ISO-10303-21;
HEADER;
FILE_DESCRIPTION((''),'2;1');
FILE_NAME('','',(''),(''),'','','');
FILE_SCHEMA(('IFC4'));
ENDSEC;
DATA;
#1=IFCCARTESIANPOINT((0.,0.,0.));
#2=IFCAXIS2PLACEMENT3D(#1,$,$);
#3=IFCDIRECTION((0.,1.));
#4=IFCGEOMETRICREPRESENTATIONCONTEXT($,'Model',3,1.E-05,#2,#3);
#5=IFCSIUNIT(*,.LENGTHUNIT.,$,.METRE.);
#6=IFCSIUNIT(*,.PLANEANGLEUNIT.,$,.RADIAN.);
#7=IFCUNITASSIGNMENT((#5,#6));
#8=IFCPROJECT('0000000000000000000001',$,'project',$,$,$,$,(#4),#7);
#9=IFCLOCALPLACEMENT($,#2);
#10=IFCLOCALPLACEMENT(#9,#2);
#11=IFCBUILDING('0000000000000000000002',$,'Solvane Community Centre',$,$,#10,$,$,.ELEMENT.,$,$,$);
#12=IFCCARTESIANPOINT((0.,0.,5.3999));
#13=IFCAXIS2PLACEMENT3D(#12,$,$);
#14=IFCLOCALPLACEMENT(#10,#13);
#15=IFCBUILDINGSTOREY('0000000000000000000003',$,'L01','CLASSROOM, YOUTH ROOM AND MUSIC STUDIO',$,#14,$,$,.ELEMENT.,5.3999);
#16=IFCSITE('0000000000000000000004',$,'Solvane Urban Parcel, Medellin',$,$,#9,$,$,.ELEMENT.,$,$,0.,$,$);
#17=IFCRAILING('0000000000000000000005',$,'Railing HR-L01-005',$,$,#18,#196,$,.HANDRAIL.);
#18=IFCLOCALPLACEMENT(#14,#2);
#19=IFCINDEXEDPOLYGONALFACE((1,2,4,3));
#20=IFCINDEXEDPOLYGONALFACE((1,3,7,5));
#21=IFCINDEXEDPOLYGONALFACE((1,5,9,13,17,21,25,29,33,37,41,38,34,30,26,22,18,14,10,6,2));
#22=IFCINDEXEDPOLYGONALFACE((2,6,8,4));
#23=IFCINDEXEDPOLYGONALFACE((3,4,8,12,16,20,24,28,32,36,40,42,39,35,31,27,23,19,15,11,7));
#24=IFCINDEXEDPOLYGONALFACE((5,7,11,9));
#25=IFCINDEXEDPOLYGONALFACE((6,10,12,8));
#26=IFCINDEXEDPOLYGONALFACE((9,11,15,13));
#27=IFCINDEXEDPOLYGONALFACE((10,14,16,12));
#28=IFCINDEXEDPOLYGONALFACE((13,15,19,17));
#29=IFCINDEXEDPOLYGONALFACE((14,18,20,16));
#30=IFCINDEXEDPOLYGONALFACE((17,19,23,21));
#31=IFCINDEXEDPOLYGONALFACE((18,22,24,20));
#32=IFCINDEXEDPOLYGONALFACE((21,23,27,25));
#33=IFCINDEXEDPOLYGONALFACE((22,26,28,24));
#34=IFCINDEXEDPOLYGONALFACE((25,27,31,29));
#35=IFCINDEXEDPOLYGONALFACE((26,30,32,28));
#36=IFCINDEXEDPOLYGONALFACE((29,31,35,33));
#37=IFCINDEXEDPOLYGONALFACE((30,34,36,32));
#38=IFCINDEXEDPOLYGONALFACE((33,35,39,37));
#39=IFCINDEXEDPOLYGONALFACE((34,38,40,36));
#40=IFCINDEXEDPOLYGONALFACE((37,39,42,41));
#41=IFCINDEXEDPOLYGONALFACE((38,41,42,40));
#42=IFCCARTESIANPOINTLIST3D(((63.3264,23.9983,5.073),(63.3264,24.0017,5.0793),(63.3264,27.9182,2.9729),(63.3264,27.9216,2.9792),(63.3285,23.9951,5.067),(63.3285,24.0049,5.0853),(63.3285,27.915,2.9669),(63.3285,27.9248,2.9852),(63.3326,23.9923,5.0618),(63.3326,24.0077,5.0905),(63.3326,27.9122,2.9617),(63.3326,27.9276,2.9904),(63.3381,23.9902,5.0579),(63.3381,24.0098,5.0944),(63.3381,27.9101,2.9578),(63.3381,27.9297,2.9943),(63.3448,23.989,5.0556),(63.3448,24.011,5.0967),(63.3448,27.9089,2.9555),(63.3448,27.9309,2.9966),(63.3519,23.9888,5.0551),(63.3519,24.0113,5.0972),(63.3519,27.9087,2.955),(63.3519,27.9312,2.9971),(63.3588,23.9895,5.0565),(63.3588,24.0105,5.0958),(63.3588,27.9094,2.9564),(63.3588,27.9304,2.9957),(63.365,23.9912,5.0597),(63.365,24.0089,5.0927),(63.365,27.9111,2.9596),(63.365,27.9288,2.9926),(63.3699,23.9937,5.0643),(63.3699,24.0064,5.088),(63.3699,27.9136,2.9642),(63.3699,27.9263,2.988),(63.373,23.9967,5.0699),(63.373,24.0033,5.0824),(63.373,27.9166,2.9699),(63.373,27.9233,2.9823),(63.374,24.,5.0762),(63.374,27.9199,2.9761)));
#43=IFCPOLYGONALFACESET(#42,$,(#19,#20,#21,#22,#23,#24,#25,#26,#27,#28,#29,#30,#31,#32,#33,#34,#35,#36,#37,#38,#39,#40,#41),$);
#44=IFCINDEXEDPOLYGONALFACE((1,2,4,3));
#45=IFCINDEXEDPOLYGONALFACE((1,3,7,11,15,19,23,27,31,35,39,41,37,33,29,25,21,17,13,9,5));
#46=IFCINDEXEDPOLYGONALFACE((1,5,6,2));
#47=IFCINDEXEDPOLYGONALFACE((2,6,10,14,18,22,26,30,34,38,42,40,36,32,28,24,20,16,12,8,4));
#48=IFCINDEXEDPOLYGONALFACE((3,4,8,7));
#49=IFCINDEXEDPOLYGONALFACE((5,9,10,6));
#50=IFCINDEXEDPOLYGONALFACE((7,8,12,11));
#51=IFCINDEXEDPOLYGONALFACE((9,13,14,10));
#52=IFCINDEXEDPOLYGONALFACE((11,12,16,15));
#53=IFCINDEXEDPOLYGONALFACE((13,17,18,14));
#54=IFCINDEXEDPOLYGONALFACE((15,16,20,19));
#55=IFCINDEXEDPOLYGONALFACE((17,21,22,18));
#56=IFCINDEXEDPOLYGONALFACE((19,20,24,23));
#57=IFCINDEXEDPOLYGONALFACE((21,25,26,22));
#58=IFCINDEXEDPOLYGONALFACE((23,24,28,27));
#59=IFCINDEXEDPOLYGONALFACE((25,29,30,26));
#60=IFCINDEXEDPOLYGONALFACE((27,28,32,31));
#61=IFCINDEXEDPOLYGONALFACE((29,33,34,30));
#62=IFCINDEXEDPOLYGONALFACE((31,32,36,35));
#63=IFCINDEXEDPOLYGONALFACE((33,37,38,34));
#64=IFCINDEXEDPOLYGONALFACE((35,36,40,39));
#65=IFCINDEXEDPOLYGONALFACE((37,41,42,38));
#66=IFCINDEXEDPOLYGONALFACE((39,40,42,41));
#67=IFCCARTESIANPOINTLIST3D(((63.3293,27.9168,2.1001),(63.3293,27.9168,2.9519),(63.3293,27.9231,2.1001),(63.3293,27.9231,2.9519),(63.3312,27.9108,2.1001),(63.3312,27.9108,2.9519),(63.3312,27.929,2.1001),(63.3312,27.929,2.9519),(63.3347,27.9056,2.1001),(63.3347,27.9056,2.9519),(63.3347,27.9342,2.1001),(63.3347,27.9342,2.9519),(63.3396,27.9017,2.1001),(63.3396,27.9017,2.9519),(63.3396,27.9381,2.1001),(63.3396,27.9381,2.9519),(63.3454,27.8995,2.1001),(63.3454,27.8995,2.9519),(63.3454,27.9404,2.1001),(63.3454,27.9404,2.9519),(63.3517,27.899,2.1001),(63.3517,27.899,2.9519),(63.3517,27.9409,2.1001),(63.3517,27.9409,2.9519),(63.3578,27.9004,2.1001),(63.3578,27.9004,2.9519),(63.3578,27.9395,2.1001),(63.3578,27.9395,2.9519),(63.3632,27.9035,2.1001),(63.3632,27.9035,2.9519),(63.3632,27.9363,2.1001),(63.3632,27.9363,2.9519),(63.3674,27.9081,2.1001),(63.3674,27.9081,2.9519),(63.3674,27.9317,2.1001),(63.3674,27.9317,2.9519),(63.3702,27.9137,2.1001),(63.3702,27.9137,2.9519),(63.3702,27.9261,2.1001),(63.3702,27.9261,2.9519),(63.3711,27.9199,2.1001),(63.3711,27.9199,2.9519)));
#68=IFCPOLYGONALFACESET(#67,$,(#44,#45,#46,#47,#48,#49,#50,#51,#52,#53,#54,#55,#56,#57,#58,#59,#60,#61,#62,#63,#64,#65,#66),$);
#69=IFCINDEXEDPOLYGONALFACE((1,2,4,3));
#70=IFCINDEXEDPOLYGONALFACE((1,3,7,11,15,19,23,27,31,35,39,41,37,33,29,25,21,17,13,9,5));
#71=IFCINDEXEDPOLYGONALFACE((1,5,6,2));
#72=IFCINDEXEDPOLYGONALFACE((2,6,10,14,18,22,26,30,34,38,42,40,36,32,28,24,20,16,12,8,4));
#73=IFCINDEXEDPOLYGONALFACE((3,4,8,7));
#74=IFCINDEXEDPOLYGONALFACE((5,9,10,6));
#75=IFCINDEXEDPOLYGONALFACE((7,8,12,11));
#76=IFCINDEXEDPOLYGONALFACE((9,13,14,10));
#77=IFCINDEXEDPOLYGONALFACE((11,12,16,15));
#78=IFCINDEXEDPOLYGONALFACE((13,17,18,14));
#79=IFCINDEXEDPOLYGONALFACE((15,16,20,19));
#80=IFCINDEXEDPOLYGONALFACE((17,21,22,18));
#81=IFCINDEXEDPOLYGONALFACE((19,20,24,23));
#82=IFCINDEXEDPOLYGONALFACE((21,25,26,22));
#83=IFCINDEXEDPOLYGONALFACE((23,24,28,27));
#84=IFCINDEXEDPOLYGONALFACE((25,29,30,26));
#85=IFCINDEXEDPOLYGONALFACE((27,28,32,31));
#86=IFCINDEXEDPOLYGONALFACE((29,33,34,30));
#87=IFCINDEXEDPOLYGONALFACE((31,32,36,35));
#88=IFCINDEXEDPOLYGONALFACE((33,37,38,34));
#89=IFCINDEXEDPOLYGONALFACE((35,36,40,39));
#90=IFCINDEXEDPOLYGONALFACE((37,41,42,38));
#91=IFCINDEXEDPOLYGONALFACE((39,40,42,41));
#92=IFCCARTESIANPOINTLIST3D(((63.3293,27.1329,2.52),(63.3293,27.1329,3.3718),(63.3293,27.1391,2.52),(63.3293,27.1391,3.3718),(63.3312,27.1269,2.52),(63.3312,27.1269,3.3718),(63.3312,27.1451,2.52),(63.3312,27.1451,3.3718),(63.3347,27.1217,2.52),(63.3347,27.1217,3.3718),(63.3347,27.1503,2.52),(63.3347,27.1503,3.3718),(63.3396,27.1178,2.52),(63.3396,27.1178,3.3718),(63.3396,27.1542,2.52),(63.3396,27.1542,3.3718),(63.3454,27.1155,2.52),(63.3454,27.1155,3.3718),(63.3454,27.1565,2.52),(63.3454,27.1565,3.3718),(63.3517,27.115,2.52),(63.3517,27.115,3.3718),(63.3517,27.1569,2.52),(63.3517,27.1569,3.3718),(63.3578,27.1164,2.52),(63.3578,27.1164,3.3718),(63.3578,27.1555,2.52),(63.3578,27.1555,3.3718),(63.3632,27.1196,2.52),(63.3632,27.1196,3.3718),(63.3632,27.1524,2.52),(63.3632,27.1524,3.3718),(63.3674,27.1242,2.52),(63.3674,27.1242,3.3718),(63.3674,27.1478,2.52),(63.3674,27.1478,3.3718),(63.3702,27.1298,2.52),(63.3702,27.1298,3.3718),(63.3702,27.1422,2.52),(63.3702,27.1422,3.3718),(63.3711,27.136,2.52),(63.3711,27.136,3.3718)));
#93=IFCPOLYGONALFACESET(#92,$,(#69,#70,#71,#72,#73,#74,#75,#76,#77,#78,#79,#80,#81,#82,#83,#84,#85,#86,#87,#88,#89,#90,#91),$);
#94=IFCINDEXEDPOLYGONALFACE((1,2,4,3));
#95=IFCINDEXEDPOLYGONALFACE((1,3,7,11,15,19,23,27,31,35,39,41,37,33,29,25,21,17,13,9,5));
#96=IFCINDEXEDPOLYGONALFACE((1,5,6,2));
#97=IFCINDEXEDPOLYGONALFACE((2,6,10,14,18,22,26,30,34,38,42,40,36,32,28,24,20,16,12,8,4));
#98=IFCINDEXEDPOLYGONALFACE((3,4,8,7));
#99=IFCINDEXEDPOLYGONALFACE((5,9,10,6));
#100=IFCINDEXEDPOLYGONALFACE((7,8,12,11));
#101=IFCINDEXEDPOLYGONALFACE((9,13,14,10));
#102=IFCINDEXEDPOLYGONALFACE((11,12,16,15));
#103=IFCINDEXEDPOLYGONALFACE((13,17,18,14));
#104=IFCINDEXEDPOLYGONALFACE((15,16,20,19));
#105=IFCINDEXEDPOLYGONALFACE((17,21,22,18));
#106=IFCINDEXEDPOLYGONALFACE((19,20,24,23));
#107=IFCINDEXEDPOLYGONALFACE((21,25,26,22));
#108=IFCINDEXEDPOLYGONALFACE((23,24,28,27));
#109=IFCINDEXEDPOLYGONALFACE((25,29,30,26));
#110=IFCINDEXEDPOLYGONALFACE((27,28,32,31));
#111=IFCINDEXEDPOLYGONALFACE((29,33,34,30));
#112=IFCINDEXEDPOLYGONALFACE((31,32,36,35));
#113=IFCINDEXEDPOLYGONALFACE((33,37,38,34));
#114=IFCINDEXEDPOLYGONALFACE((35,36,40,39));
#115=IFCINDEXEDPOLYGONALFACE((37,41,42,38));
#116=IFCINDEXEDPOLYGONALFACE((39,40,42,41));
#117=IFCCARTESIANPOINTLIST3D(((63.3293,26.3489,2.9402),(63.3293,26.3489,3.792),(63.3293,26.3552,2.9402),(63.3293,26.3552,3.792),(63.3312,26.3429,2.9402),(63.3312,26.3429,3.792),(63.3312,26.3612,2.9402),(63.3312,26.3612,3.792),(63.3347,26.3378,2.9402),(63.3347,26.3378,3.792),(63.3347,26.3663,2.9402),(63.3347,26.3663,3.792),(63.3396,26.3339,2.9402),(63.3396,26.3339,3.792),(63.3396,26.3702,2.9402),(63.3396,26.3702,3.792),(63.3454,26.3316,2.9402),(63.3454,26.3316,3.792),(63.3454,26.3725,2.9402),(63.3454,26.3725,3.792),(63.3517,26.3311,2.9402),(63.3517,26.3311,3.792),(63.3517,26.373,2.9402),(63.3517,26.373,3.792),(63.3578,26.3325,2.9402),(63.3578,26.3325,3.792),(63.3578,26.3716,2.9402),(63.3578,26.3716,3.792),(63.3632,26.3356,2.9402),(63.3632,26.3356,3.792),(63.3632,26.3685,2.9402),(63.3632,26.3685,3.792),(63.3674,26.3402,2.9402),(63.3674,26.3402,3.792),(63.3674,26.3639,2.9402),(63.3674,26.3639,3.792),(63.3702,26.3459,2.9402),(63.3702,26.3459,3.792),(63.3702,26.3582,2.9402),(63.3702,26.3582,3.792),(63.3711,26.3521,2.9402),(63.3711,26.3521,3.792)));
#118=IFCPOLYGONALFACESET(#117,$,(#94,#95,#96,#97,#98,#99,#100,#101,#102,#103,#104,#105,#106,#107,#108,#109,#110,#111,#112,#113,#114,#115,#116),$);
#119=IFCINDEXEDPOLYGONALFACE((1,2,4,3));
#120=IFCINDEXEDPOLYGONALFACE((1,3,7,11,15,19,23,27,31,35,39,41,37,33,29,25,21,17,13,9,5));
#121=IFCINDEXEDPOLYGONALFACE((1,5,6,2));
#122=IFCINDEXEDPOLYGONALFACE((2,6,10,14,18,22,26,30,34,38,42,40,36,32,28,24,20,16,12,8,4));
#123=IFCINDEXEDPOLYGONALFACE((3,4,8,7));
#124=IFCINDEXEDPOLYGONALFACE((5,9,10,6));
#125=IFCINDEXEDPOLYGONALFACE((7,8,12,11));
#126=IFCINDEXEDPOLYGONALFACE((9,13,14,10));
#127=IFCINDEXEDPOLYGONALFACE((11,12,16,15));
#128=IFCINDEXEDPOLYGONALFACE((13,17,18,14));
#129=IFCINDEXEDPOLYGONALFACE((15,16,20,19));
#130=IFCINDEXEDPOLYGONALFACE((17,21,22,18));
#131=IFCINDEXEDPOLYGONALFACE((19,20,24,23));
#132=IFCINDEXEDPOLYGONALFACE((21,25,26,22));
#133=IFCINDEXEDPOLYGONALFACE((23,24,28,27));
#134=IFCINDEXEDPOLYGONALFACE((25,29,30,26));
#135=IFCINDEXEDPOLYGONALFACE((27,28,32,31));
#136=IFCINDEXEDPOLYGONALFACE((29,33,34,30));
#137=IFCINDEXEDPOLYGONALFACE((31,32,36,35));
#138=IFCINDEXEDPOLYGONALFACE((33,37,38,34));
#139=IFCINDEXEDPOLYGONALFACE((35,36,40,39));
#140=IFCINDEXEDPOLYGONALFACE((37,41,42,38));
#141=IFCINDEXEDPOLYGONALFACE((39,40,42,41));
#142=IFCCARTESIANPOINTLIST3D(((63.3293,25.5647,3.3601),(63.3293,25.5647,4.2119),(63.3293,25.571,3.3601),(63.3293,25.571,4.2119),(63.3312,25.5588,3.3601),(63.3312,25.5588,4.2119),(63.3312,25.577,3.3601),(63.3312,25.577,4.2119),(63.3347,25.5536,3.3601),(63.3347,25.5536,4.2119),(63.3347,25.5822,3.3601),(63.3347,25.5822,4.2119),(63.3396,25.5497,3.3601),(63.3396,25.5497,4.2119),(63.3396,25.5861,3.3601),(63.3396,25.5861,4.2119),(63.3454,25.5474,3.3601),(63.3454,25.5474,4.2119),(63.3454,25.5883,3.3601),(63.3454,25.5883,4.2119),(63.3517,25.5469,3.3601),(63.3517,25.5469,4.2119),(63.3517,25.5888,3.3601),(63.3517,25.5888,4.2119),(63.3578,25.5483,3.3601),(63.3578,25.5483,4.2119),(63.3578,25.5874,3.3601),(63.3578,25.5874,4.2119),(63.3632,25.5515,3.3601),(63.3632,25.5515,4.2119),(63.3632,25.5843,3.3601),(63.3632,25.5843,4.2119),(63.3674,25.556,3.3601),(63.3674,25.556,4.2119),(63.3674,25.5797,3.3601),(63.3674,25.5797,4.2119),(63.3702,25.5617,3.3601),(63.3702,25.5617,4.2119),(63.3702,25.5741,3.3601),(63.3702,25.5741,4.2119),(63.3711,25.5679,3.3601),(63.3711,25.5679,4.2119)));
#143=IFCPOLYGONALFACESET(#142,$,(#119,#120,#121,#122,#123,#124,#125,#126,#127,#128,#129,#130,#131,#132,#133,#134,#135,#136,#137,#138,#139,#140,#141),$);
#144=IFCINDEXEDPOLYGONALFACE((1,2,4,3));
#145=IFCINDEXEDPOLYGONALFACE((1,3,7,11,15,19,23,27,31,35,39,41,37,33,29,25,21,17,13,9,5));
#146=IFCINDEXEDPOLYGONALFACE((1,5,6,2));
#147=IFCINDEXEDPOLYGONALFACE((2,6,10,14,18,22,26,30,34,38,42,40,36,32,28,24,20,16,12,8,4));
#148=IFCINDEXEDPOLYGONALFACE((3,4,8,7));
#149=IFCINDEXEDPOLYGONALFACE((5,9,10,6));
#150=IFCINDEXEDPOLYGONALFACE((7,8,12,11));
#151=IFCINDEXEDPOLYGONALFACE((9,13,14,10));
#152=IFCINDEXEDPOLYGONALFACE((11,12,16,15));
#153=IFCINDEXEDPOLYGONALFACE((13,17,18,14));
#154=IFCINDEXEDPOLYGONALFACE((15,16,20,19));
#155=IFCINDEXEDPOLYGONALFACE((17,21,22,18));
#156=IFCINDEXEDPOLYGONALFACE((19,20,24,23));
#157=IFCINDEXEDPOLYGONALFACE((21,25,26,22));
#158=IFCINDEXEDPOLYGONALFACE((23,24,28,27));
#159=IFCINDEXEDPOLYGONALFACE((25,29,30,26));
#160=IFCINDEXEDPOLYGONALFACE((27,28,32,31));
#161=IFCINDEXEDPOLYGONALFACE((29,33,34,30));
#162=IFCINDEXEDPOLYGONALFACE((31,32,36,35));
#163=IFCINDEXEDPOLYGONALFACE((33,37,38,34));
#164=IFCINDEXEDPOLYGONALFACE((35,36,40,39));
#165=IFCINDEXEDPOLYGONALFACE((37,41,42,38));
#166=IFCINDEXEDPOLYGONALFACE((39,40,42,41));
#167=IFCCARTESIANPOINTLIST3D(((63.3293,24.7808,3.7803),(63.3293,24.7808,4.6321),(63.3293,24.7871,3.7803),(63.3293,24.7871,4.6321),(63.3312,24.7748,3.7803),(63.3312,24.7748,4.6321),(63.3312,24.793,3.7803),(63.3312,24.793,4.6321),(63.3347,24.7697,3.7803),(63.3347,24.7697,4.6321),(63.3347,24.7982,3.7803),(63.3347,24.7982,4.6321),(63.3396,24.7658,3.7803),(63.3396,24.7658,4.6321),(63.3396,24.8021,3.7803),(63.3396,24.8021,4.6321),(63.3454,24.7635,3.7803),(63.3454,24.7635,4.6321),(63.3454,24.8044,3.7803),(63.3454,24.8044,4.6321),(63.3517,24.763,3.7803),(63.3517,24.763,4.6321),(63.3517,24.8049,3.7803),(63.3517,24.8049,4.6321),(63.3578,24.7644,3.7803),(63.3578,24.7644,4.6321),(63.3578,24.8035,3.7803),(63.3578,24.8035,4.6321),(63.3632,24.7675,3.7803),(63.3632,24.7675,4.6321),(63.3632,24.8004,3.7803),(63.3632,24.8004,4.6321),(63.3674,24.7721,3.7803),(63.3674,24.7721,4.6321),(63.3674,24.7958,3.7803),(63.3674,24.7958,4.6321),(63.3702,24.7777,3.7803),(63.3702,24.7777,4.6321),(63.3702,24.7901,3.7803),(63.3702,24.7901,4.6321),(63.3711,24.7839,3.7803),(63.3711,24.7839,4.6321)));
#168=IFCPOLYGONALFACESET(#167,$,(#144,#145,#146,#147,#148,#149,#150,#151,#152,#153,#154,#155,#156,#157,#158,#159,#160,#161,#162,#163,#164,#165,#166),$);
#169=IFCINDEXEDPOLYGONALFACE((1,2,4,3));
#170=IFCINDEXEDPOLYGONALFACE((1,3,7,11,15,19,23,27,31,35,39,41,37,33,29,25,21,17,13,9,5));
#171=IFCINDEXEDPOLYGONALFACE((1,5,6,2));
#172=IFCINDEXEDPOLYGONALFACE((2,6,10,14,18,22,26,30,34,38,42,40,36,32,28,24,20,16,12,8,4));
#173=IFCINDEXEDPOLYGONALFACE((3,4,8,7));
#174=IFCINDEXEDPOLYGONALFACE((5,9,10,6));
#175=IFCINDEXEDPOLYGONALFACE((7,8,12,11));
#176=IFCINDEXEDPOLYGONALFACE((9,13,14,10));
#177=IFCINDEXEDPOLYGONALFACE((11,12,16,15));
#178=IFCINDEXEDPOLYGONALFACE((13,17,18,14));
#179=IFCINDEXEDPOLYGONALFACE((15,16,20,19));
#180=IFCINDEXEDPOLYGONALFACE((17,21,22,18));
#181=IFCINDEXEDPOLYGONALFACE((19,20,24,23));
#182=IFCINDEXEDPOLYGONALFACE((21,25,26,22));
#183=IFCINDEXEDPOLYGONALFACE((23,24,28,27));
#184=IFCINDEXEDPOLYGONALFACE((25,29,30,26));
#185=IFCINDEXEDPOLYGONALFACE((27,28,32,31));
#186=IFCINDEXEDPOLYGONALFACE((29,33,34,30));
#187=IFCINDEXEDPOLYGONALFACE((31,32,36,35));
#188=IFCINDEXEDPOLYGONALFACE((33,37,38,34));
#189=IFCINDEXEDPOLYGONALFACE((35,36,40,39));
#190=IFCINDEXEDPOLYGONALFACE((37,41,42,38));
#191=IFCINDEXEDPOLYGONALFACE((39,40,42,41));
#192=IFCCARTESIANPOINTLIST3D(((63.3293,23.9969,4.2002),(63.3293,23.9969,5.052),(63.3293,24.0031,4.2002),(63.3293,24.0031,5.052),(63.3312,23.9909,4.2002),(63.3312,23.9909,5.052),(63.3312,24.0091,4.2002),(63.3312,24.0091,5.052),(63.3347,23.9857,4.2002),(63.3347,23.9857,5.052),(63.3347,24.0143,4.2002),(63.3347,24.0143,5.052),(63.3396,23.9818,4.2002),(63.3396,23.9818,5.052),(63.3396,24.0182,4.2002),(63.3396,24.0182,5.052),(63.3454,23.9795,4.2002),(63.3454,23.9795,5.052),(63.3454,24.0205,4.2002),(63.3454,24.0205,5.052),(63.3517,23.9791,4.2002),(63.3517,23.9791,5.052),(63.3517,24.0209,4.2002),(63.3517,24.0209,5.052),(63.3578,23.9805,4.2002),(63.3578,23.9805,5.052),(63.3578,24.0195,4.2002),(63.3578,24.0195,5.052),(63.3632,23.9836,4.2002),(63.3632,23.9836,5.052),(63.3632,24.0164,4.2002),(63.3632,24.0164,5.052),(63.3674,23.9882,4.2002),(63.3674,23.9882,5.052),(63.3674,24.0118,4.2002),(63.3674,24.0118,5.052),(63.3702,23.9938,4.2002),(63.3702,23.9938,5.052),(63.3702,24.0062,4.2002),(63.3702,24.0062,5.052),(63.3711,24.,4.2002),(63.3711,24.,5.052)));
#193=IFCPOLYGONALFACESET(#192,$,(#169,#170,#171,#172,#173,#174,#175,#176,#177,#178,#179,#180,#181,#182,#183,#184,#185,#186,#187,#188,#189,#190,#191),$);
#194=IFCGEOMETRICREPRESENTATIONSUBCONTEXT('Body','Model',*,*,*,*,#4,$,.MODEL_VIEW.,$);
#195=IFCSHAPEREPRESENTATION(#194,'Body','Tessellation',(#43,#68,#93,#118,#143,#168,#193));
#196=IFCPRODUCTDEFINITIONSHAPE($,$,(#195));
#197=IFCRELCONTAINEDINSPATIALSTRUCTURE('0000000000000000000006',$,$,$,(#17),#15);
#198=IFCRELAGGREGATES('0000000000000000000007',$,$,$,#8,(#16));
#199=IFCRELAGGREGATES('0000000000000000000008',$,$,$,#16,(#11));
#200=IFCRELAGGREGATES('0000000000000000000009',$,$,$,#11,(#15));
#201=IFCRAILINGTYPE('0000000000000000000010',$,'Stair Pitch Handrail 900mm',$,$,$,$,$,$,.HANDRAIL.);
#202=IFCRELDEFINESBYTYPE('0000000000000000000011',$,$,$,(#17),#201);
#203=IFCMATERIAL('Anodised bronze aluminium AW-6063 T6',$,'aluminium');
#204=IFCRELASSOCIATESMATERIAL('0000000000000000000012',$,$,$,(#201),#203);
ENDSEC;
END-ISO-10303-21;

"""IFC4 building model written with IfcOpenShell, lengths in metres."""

from ifc_helpers import new_model, si_unit, direction, frame, origin, origin_2d, place, context, subcontext, project, spatial, circle, extrude, material, type_object, element, save


model = new_model("IFC4")

# Units and contexts
model_context = context("Model", 3, precision=1e-05, world=origin(), true_north=direction((0.0, 1.0)))
body_context = subcontext(model_context, "Body", "Model", "MODEL_VIEW")
ifc_project = project(units=[si_unit("LENGTHUNIT", "METRE"), si_unit("PLANEANGLEUNIT", "RADIAN")], contexts=[model_context])

# Site, building, storey
site_placement = place(None, origin())
site = spatial("IfcSite", under=ifc_project, at=site_placement, Name="Solvane Urban Parcel, Medellin", CompositionType="ELEMENT", RefElevation=0.0)
building_placement = place(site_placement, origin())
building = spatial("IfcBuilding", under=site, at=building_placement, Name="Solvane Community Centre", CompositionType="ELEMENT")
storey_placement = place(building_placement, frame((0.0, 0.0, 5.3999)))
storey = spatial("IfcBuildingStorey", under=building, at=storey_placement, Name="L01", Description="CLASSROOM, YOUTH ROOM AND MUSIC STUDIO", CompositionType="ELEMENT", Elevation=5.3999)

# Shared definitions
ifc_material_1 = material(Name="Anodised bronze aluminium AW-6063 T6", Category="aluminium")

# Railing
railing_type_1 = type_object("IfcRailingType", Name="Stair Pitch Handrail 900mm", PredefinedType="HANDRAIL", material=ifc_material_1)
railing_1_placement = place(storey_placement, frame((63.3501, 27.9199, 2.1001)))
element("IfcRailing", 1, at=railing_1_placement, inside=storey, type_object=railing_type_1, Name="Railing HR-L01-005", PredefinedType="HANDRAIL", context=body_context, shape_type="SweptSolid", body=[
    extrude(circle(Radius=0.0239, at=origin_2d()), frame((0.0, 0.0, 0.876), z_axis=(0.0, -0.881467, 0.472246), x_axis=(1.0, 0.0, 0.0)), (0.0, 0.0, 1.0), 4.447),
    extrude(circle(Radius=0.021, at=origin_2d()), origin(), (0.0, 0.0, 1.0), 0.8518),
    extrude(circle(Radius=0.021, at=origin_2d()), frame((0.0, -0.7839, 0.4199)), (0.0, 0.0, 1.0), 0.8518),
    extrude(circle(Radius=0.021, at=origin_2d()), frame((0.0, -1.5679, 0.8401)), (0.0, 0.0, 1.0), 0.8518),
    extrude(circle(Radius=0.021, at=origin_2d()), frame((0.0, -2.3521, 1.26)), (0.0, 0.0, 1.0), 0.8518),
    extrude(circle(Radius=0.021, at=origin_2d()), frame((0.0, -3.136, 1.6802)), (0.0, 0.0, 1.0), 0.8518),
    extrude(circle(Radius=0.021, at=origin_2d()), frame((0.0, -3.9199, 2.1001)), (0.0, 0.0, 1.0), 0.8518),
])

save(model, "model.ifc")
